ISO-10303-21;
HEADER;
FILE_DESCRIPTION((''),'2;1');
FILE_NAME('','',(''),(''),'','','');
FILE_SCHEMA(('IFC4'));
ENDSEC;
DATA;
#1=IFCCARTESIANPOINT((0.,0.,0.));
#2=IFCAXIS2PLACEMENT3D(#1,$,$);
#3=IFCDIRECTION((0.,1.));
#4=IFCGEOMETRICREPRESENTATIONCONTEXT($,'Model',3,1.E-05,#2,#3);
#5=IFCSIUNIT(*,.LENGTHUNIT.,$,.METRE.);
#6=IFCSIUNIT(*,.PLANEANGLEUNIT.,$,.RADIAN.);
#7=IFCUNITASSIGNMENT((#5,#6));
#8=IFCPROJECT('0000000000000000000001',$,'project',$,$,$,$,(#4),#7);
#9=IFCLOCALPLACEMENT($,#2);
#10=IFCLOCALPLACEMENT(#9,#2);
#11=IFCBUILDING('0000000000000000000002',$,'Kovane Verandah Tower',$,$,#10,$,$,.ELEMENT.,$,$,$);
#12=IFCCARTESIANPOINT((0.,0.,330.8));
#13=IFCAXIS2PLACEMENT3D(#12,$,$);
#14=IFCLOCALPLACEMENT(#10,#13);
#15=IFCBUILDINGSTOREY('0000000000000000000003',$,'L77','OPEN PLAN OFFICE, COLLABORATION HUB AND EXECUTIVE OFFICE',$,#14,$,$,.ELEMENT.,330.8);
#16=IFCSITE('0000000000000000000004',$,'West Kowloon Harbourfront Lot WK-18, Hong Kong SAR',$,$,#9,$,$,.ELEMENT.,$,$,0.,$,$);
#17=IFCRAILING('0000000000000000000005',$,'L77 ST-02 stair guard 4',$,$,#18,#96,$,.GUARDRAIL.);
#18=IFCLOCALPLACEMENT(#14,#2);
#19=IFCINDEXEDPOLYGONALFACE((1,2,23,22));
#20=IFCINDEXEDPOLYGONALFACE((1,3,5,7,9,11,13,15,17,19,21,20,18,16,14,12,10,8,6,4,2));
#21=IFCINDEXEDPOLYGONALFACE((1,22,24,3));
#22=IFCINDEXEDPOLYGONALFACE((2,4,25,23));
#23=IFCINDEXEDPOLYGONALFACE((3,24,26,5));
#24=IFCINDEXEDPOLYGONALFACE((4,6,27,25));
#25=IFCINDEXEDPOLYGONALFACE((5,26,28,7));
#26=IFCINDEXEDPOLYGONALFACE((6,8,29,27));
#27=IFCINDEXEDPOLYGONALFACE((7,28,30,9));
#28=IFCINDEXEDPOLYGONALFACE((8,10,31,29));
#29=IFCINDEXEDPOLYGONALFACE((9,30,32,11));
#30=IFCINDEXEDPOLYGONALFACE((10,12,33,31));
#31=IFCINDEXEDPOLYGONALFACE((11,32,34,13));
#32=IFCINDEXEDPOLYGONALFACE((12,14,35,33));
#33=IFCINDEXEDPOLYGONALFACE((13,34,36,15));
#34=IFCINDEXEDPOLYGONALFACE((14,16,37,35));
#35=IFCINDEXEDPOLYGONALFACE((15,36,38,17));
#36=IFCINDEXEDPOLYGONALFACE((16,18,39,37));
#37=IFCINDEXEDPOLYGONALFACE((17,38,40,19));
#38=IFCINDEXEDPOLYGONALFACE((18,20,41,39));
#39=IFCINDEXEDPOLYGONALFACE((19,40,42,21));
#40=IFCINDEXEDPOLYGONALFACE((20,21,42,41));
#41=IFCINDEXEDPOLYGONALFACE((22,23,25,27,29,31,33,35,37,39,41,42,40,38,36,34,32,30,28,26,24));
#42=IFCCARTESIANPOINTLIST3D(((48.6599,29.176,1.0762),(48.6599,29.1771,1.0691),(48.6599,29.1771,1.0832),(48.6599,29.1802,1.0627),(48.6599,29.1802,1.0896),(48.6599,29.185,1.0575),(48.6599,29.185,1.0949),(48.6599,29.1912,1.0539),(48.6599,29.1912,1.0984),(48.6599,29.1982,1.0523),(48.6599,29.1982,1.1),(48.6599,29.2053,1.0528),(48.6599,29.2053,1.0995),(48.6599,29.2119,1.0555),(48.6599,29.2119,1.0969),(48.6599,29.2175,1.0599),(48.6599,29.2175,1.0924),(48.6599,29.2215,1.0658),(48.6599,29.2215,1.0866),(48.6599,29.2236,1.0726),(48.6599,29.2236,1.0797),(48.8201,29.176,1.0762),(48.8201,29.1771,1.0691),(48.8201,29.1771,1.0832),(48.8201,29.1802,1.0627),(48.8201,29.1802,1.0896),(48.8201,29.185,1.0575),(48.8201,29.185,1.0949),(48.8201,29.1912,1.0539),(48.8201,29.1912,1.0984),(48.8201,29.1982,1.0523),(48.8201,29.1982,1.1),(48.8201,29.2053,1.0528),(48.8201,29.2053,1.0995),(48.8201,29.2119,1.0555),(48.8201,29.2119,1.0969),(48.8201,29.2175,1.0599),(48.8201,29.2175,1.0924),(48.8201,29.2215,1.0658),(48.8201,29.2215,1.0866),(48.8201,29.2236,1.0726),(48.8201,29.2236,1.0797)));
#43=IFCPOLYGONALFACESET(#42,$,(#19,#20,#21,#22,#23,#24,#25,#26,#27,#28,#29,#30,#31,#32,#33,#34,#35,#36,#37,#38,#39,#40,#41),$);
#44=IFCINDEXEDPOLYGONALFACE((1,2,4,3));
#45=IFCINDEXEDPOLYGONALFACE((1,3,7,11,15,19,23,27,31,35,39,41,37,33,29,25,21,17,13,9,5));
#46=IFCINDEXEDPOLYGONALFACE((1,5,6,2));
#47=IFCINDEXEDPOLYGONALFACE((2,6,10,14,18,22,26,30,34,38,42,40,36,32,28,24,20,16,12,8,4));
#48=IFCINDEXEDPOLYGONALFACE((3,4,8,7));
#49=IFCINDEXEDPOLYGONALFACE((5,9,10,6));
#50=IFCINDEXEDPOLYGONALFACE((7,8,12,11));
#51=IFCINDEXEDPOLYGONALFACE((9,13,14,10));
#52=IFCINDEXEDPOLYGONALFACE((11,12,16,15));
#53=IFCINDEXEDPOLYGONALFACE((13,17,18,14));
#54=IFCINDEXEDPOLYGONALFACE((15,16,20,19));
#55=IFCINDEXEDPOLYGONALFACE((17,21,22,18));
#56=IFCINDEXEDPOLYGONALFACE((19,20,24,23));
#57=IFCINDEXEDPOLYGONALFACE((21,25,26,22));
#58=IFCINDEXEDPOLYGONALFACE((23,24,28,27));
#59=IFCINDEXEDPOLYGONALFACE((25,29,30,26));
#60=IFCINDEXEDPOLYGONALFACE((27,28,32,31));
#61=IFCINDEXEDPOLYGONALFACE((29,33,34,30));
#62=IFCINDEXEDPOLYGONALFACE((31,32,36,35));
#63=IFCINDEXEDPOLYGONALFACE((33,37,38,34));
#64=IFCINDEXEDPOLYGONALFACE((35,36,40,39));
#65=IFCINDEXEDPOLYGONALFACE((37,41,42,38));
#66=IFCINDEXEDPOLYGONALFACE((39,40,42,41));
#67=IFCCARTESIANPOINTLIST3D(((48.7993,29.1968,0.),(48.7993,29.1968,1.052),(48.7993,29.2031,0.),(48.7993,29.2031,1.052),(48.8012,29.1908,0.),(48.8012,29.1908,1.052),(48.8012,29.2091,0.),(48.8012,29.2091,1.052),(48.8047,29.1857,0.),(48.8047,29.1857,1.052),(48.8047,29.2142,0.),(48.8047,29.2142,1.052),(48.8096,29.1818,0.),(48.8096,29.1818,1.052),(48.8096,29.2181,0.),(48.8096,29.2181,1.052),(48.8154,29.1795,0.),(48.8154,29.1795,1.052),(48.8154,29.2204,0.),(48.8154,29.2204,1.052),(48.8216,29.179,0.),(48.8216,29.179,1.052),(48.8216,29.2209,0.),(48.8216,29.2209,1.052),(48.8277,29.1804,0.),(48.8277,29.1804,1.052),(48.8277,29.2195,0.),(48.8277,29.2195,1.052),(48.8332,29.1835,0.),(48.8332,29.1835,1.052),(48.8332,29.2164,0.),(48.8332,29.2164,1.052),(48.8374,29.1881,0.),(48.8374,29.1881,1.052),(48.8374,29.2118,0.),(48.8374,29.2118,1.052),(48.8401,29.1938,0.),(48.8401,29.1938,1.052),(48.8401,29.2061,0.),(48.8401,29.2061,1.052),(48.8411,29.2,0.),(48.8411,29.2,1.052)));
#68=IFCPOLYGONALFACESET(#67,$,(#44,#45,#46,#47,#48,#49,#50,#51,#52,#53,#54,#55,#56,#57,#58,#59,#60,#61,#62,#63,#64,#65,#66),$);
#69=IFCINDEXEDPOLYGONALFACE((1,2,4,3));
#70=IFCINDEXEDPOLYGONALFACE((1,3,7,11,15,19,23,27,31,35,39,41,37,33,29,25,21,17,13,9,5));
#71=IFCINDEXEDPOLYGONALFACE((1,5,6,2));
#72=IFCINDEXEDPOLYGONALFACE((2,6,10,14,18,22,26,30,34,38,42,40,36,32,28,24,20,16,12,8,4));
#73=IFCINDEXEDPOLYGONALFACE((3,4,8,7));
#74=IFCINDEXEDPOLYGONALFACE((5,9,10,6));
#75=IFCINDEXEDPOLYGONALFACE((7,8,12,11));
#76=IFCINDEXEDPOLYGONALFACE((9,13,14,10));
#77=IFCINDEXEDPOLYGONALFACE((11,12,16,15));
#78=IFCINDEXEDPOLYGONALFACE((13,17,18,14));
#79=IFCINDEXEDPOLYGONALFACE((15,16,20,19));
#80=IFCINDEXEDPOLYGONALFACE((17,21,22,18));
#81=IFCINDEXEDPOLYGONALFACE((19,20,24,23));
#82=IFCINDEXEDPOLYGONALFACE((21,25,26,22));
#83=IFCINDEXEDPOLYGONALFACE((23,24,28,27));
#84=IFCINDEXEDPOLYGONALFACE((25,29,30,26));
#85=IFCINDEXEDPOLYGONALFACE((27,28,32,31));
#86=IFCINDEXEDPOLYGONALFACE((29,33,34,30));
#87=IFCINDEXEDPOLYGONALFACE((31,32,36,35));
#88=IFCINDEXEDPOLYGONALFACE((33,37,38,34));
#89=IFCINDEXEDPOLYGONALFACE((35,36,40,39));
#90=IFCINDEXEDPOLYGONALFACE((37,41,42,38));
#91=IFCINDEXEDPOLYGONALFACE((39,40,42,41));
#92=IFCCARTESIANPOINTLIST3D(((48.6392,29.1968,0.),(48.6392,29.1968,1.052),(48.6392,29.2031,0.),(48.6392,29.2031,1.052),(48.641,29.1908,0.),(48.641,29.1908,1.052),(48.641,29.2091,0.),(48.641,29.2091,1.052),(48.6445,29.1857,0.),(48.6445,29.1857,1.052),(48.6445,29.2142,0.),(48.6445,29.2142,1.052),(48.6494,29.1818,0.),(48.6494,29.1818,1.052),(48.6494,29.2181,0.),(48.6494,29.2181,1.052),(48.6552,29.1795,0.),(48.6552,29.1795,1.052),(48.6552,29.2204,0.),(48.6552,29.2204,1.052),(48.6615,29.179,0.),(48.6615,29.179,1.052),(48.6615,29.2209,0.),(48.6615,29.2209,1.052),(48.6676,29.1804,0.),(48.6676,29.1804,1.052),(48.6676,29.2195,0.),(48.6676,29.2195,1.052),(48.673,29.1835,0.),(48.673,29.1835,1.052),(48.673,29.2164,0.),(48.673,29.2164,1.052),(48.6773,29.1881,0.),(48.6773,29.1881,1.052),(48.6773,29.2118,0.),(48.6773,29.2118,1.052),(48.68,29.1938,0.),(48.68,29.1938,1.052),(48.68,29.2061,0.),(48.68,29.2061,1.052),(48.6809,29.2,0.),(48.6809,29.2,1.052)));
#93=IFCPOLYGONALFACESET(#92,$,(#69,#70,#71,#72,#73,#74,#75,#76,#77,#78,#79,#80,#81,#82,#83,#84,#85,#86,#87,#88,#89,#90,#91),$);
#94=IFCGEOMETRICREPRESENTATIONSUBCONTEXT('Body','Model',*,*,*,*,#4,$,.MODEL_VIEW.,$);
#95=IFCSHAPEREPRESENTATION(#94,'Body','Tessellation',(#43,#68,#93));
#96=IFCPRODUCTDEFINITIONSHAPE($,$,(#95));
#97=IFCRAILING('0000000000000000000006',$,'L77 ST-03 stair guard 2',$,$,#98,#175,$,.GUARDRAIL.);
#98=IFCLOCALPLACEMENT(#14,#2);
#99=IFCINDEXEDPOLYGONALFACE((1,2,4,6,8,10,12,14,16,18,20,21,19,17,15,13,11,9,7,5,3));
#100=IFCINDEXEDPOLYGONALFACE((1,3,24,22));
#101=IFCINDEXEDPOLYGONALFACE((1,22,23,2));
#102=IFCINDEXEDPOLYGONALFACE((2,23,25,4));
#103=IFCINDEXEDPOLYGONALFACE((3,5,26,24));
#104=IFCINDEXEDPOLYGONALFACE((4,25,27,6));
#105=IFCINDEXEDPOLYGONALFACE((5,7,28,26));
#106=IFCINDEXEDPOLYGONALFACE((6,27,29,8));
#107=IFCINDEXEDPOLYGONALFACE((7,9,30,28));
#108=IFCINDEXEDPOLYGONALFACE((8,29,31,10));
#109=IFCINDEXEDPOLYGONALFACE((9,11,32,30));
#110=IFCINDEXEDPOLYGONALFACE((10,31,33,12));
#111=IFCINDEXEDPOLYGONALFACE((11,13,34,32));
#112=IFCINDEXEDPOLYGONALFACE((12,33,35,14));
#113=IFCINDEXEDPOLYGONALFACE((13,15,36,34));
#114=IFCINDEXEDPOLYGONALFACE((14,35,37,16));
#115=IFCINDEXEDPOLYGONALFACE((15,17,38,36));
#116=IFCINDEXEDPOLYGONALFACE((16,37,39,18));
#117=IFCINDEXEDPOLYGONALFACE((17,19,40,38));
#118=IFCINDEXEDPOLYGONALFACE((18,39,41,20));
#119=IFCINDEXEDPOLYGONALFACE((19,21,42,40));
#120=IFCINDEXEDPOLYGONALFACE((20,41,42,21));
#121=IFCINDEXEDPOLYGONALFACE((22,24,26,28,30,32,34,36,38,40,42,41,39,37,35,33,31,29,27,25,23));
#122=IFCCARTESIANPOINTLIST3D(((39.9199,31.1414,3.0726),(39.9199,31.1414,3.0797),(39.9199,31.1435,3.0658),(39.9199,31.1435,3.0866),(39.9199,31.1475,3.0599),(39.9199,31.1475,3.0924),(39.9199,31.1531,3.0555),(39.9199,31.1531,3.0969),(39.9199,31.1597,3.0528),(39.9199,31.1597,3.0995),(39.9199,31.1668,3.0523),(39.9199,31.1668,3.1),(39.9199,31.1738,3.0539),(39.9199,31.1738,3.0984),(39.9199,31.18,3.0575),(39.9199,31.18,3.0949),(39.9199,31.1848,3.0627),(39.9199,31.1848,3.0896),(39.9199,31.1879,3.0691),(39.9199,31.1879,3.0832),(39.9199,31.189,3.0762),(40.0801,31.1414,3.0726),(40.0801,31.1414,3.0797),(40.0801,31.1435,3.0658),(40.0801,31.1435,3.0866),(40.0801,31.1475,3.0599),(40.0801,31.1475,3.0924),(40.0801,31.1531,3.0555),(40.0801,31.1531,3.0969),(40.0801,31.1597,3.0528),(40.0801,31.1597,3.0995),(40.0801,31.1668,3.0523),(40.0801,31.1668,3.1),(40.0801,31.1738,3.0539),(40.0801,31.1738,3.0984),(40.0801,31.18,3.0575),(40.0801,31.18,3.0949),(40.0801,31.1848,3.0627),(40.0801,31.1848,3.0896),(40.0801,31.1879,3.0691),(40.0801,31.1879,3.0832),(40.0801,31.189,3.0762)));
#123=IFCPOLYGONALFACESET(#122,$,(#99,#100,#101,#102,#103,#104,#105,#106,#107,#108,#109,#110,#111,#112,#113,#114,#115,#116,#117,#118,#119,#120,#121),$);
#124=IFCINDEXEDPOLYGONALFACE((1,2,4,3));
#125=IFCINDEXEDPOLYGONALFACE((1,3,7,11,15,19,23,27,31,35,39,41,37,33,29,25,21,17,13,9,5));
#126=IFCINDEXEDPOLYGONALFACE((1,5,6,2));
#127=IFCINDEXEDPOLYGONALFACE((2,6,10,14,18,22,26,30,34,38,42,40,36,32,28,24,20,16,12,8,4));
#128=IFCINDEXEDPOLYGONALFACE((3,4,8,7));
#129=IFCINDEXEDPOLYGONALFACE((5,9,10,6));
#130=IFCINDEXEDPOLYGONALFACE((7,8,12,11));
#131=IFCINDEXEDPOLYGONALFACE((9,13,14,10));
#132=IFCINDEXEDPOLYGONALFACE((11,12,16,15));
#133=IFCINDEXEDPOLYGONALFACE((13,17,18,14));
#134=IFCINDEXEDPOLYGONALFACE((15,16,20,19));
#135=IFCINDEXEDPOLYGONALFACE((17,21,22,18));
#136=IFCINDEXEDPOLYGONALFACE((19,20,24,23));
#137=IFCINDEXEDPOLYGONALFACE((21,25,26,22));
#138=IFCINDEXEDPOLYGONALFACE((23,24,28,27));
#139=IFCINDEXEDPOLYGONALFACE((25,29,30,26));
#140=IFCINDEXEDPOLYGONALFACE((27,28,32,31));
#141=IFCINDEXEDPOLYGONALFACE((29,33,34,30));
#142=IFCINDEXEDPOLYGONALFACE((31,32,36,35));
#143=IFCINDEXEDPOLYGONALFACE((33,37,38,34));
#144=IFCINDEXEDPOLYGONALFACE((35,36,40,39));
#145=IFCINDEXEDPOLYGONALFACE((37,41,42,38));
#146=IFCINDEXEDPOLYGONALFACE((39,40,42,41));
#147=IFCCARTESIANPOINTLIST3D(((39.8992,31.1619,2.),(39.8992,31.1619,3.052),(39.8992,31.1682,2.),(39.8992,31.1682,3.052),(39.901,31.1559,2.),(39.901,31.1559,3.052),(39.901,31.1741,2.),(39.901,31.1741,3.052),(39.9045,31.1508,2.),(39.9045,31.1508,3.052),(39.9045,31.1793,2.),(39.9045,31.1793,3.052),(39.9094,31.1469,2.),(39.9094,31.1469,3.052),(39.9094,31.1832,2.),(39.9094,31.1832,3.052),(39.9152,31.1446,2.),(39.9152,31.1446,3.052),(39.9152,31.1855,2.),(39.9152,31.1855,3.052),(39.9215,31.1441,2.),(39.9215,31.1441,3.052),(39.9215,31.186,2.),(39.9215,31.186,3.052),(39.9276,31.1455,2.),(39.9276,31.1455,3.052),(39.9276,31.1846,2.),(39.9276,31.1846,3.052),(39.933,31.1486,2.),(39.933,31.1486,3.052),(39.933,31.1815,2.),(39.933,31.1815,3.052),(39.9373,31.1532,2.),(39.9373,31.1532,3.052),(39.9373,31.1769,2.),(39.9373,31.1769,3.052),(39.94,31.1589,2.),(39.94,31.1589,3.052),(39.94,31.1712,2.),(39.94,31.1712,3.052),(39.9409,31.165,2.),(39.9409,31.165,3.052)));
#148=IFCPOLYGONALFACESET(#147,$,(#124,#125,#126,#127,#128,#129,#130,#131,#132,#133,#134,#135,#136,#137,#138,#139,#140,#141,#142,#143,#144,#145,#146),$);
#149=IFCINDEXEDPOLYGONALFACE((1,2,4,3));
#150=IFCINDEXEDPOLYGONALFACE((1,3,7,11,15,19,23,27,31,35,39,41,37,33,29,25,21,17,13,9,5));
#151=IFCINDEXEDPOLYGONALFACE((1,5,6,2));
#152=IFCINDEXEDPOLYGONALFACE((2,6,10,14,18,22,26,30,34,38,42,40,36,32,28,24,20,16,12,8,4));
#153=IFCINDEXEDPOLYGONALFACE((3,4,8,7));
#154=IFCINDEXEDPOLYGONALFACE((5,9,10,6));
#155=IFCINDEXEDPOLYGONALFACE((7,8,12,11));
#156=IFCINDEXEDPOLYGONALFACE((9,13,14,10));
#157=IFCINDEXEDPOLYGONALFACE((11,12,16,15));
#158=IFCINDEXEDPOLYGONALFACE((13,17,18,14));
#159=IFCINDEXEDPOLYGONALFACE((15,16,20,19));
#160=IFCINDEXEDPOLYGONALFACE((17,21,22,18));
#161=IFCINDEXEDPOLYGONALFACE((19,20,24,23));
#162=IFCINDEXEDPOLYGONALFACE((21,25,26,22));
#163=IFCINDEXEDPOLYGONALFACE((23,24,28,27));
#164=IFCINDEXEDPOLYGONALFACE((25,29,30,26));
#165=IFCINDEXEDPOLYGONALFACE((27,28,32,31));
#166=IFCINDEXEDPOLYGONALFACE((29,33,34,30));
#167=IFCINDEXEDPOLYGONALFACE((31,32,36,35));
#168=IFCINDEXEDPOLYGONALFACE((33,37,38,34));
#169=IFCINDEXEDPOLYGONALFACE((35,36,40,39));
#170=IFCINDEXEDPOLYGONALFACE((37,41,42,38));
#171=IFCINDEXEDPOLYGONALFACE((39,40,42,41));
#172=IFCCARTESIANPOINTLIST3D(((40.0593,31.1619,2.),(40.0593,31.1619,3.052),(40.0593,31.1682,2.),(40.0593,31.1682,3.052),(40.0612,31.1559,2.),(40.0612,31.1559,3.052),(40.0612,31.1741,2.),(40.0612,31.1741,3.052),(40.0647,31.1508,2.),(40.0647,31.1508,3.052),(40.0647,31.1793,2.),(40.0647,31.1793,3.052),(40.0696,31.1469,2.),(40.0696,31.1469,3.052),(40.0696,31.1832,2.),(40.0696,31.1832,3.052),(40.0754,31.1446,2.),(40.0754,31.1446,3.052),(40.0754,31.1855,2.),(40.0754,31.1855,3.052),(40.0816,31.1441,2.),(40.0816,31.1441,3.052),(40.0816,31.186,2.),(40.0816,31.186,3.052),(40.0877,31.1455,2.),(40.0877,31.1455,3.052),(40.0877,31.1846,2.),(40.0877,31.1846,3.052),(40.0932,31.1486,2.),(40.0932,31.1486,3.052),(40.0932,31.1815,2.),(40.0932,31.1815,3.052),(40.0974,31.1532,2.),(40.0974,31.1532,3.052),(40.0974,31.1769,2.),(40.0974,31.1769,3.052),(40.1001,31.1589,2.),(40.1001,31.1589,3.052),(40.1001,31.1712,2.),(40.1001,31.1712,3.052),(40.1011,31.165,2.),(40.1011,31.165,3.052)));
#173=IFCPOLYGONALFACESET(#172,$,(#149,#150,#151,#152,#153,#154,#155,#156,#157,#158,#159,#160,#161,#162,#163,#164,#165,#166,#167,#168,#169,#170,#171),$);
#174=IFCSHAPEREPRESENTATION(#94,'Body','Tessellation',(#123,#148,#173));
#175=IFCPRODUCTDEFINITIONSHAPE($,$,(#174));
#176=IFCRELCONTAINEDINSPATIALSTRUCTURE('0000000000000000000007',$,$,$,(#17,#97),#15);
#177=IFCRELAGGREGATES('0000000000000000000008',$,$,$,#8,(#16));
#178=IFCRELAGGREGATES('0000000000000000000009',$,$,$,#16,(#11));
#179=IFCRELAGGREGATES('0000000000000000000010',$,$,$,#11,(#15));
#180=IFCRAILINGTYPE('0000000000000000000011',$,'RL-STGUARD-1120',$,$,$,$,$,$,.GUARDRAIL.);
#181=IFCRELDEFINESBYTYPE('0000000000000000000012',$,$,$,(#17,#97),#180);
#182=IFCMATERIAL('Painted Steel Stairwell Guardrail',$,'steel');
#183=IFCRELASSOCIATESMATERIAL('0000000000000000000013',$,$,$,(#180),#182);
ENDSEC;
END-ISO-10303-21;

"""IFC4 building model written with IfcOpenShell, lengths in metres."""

from ifc_helpers import new_model, si_unit, direction, frame, origin, origin_2d, place, context, subcontext, project, spatial, circle, extrude, material, type_object, element, save


model = new_model("IFC4")

# Units and contexts
model_context = context("Model", 3, precision=1e-05, world=origin(), true_north=direction((0.0, 1.0)))
body_context = subcontext(model_context, "Body", "Model", "MODEL_VIEW")
ifc_project = project(units=[si_unit("LENGTHUNIT", "METRE"), si_unit("PLANEANGLEUNIT", "RADIAN")], contexts=[model_context])

# Site, building, storey
site_placement = place(None, origin())
site = spatial("IfcSite", under=ifc_project, at=site_placement, Name="West Kowloon Harbourfront Lot WK-18, Hong Kong SAR", CompositionType="ELEMENT", RefElevation=0.0)
building_placement = place(site_placement, origin())
building = spatial("IfcBuilding", under=site, at=building_placement, Name="Kovane Verandah Tower", CompositionType="ELEMENT")
storey_placement = place(building_placement, frame((0.0, 0.0, 330.8)))
storey = spatial("IfcBuildingStorey", under=building, at=storey_placement, Name="L77", Description="OPEN PLAN OFFICE, COLLABORATION HUB AND EXECUTIVE OFFICE", CompositionType="ELEMENT", Elevation=330.8)

# Railings
ifc_material_1 = material(Name="Painted Steel Stairwell Guardrail", Category="steel")
railing_type_1 = type_object("IfcRailingType", Name="RL-STGUARD-1120", PredefinedType="GUARDRAIL", material=ifc_material_1)
railing_1_placement = place(storey_placement, frame((48.8201, 29.2, 0.0)))
element("IfcRailing", 1, at=railing_1_placement, inside=storey, type_object=railing_type_1, Name="L77 ST-02 stair guard 4", PredefinedType="GUARDRAIL", context=body_context, shape_type="SweptSolid", body=[
    extrude(circle(Radius=0.0239, at=origin_2d()), frame((0.0, 0.0, 1.0762), z_axis=(-1.0, 0.0, 0.0), x_axis=(0.0, -1.0, 0.0)), (0.0, 0.0, 1.0), 0.1602),
    extrude(circle(Radius=0.021, at=origin_2d()), origin(), (0.0, 0.0, 1.0), 1.052),
    extrude(circle(Radius=0.021, at=origin_2d()), frame((-0.1602, 0.0, 0.0)), (0.0, 0.0, 1.0), 1.052),
])
railing_2_placement = place(storey_placement, frame((39.9199, 31.165, 2.0)))
element("IfcRailing", 2, at=railing_2_placement, inside=storey, type_object=railing_type_1, Name="L77 ST-03 stair guard 2", PredefinedType="GUARDRAIL", context=body_context, shape_type="SweptSolid", body=[
    extrude(circle(Radius=0.0239, at=origin_2d()), frame((0.0, 0.0, 1.0762), z_axis=(1.0, 0.0, 0.0), x_axis=(0.0, 1.0, 0.0)), (0.0, 0.0, 1.0), 0.1602),
    extrude(circle(Radius=0.021, at=origin_2d()), origin(), (0.0, 0.0, 1.0), 1.052),
    extrude(circle(Radius=0.021, at=origin_2d()), frame((0.1602, 0.0, 0.0)), (0.0, 0.0, 1.0), 1.052),
])

save(model, "model.ifc")
